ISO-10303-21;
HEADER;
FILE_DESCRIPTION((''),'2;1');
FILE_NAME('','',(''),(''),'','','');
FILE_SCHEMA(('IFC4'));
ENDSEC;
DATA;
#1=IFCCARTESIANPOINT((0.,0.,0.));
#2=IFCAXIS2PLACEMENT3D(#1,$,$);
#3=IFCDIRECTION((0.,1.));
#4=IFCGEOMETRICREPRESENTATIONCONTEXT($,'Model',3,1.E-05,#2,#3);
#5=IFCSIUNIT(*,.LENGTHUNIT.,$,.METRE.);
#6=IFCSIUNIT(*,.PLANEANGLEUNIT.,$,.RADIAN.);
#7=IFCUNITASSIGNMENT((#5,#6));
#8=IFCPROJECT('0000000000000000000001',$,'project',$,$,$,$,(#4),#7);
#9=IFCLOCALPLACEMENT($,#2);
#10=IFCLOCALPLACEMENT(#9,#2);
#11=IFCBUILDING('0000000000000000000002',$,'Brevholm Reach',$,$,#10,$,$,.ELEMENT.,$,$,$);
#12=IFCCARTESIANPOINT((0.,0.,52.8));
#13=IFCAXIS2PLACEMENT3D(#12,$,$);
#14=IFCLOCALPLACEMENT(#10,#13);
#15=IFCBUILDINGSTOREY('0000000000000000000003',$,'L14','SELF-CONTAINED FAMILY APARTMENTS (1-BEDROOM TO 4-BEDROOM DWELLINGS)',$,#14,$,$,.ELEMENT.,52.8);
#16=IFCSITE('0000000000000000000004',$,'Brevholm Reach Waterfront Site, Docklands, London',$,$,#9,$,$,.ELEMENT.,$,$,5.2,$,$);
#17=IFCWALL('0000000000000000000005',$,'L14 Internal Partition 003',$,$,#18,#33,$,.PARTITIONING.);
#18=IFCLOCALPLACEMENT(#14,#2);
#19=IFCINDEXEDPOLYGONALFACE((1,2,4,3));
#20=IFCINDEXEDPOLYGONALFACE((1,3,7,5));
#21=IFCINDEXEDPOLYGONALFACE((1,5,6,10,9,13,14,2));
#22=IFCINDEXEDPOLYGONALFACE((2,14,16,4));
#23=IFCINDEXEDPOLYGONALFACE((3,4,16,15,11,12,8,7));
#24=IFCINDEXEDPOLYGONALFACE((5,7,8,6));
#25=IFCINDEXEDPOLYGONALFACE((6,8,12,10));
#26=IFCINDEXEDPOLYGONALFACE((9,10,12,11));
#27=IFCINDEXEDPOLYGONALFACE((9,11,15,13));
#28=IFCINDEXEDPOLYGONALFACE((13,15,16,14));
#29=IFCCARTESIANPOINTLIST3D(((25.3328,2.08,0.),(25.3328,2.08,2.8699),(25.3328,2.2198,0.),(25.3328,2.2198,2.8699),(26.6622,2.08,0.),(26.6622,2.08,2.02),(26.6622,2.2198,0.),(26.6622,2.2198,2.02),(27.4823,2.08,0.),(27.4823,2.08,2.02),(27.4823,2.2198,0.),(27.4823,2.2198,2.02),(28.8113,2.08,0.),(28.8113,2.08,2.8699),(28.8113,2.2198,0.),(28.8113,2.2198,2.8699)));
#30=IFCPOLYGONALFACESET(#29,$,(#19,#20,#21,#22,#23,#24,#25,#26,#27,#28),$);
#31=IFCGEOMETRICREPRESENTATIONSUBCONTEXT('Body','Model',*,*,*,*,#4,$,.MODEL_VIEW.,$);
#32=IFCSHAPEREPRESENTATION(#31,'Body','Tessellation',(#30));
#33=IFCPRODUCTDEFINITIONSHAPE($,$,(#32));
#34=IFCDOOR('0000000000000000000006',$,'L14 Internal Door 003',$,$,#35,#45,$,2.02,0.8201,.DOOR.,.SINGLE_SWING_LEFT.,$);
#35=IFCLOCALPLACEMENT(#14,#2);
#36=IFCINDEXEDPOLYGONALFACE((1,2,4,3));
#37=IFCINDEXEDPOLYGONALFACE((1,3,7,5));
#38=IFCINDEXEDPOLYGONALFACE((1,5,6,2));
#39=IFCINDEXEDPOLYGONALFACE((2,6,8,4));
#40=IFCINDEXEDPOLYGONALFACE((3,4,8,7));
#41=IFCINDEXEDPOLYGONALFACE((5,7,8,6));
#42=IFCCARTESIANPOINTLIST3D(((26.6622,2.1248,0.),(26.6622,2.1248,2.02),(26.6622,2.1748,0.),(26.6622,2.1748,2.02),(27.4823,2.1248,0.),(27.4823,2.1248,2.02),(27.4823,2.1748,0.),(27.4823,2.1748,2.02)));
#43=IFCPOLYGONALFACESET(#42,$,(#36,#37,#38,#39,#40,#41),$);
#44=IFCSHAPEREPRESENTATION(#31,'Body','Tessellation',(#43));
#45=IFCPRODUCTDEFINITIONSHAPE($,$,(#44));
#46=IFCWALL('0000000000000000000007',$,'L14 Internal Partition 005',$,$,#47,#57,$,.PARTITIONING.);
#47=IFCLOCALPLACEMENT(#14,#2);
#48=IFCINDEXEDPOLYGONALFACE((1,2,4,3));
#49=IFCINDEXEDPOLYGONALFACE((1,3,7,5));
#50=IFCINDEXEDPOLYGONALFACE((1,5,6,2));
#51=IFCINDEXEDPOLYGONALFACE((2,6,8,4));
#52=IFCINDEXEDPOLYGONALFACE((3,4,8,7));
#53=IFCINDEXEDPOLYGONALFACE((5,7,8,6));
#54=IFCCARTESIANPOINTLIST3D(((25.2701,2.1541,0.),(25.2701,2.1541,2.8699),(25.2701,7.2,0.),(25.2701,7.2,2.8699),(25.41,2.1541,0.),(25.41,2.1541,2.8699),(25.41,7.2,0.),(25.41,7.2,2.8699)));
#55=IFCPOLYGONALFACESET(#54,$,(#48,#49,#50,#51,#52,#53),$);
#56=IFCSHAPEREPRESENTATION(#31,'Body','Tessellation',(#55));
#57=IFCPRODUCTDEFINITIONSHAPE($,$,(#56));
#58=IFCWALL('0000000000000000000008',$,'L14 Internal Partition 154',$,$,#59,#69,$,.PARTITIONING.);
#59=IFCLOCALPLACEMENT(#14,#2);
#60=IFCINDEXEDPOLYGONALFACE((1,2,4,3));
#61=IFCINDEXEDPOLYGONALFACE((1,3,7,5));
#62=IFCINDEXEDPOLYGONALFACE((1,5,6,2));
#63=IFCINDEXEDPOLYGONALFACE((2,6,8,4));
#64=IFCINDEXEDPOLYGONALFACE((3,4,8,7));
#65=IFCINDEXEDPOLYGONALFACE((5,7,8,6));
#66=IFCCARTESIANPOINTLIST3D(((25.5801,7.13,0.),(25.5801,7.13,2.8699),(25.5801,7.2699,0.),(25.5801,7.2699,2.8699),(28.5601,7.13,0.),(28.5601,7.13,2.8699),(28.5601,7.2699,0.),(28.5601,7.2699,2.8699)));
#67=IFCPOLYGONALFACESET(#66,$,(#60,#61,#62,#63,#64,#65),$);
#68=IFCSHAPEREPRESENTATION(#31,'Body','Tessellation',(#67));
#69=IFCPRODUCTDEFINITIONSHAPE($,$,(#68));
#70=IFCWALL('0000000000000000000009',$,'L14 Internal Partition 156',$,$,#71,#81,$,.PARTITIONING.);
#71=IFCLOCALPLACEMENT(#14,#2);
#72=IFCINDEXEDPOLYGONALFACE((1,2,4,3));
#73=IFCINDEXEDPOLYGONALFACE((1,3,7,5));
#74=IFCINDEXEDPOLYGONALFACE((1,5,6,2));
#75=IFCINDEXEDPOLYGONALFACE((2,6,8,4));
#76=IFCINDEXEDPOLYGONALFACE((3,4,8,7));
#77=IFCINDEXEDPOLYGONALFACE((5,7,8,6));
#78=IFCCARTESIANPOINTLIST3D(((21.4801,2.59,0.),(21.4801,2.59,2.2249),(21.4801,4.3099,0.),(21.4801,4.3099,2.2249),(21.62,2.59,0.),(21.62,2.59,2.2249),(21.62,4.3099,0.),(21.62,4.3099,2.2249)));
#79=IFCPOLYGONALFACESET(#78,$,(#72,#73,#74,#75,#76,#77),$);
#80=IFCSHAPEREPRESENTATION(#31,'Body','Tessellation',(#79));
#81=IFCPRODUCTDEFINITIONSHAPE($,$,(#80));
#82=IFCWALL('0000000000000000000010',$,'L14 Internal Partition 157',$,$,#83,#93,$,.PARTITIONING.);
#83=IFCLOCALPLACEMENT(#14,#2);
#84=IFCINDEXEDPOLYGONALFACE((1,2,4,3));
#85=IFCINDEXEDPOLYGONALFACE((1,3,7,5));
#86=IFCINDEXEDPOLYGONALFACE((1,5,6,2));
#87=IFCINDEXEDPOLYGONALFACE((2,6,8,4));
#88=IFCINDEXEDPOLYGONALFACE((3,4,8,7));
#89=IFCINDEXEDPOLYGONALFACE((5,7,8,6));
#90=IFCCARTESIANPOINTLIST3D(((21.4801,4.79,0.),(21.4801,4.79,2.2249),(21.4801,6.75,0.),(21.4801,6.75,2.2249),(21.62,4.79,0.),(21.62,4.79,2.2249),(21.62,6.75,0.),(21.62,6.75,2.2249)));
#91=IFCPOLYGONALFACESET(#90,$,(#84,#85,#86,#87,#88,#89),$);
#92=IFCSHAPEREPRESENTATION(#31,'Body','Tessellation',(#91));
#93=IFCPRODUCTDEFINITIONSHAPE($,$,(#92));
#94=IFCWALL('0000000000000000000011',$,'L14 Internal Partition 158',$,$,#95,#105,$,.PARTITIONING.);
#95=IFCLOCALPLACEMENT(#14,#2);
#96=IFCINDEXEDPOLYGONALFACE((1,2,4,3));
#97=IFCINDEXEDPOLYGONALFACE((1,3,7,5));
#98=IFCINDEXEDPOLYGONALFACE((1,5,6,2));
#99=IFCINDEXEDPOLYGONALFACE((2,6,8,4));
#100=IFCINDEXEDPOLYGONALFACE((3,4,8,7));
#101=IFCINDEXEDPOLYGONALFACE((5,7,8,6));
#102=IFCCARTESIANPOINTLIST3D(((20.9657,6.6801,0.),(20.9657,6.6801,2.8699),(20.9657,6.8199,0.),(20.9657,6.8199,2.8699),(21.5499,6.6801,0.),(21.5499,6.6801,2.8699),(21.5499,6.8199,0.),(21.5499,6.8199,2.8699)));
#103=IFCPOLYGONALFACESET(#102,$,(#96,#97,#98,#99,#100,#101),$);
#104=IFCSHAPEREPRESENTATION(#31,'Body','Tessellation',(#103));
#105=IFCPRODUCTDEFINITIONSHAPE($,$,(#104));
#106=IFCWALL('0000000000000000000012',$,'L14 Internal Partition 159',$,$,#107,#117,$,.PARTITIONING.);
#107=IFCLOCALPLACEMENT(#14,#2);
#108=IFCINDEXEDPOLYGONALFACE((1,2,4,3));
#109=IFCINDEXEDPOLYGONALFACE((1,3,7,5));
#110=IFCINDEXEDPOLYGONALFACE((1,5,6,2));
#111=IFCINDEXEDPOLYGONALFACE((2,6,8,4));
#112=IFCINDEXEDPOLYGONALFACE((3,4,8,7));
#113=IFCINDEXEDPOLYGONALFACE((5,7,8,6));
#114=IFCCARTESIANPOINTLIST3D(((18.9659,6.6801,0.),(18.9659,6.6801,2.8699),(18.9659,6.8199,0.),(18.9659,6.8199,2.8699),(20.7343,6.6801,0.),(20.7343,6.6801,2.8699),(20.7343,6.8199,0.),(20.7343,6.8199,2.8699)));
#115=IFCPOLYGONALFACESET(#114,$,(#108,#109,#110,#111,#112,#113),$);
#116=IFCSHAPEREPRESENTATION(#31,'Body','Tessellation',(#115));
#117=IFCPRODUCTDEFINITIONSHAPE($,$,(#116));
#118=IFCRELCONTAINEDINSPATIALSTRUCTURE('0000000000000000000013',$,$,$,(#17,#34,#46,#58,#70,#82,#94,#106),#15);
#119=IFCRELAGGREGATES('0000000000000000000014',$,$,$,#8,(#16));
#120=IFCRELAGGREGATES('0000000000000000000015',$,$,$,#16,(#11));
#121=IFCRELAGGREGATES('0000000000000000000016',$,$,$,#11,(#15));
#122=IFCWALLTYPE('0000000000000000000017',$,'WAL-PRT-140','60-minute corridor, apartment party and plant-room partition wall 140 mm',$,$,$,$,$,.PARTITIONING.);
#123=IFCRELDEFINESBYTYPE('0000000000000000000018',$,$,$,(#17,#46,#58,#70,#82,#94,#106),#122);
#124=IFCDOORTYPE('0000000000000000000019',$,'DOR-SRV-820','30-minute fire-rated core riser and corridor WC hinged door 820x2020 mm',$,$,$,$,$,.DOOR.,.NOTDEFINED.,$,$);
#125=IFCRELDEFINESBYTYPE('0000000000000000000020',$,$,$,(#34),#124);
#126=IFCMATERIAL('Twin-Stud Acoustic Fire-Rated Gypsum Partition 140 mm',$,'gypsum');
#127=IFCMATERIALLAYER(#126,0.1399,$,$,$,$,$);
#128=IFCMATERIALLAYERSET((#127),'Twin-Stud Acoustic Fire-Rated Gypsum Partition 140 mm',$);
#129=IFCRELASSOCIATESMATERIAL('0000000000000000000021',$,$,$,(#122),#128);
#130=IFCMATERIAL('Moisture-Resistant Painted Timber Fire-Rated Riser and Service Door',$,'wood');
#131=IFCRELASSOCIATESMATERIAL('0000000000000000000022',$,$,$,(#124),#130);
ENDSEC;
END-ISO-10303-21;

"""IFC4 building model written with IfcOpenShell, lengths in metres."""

from ifc_helpers import new_model, si_unit, direction, frame, frame_2d, origin, place, context, subcontext, project, spatial, rectangle, extrude, material, layer, layer_set, type_object, element, fill, save


model = new_model("IFC4")

# Units and contexts
model_context = context("Model", 3, precision=1e-05, world=origin(), true_north=direction((0.0, 1.0)))
body_context = subcontext(model_context, "Body", "Model", "MODEL_VIEW")
ifc_project = project(units=[si_unit("LENGTHUNIT", "METRE"), si_unit("PLANEANGLEUNIT", "RADIAN")], contexts=[model_context])

# Site, building, storey
site_placement = place(None, origin())
site = spatial("IfcSite", under=ifc_project, at=site_placement, Name="Brevholm Reach Waterfront Site, Docklands, London", CompositionType="ELEMENT", RefElevation=5.2)
building_placement = place(site_placement, origin())
building = spatial("IfcBuilding", under=site, at=building_placement, Name="Brevholm Reach", CompositionType="ELEMENT")
storey_placement = place(building_placement, frame((0.0, 0.0, 52.8)))
storey = spatial("IfcBuildingStorey", under=building, at=storey_placement, Name="L14", Description="SELF-CONTAINED FAMILY APARTMENTS (1-BEDROOM TO 4-BEDROOM DWELLINGS)", CompositionType="ELEMENT", Elevation=52.8)

# Wall, opening, door
ifc_material_1 = material(Name="Twin-Stud Acoustic Fire-Rated Gypsum Partition 140 mm", Category="gypsum")
ifc_layer_1 = layer(ifc_material_1, 0.1399)
ifc_layer_set_1 = layer_set([ifc_layer_1], Name="Twin-Stud Acoustic Fire-Rated Gypsum Partition 140 mm")
wall_type_1 = type_object("IfcWallType", Name="WAL-PRT-140", Description="60-minute corridor, apartment party and plant-room partition wall 140 mm", PredefinedType="PARTITIONING", material=ifc_layer_set_1)
wall_1_placement = place(storey_placement, frame((25.3328, 2.1499, 0.0), z_axis=(0.0, 0.0, 1.0), x_axis=(1.0, 0.0, 0.0)))
wall_1 = element("IfcWall", 1, at=wall_1_placement, inside=storey, type_object=wall_type_1, Name="L14 Internal Partition 003", PredefinedType="PARTITIONING", context=body_context, shape_type="SweptSolid", body=[
    extrude(rectangle(XDim=3.4785, YDim=0.1399, at=frame_2d((1.7393, 0.0))), origin(), (0.0, 0.0, 1.0), 2.8699),
])
opening_1_placement = place(wall_1_placement, frame((1.3293, 0.0, 0.0)))
opening_1 = element("IfcOpeningElement", 2, at=opening_1_placement, cuts=wall_1, PredefinedType="OPENING", context=body_context, shape_type="SweptSolid", body=[
    extrude(rectangle(XDim=0.8201, YDim=2.02, at=frame_2d((0.4102, 1.01))), frame((0.0, 0.0798, 0.0), z_axis=(0.0, -1.0, 0.0), x_axis=(1.0, 0.0, 0.0)), (0.0, 0.0, 1.0), 0.1599),
])
ifc_material_2 = material(Name="Moisture-Resistant Painted Timber Fire-Rated Riser and Service Door", Category="wood")
door_type_1 = type_object("IfcDoorType", Name="DOR-SRV-820", Description="30-minute fire-rated core riser and corridor WC hinged door 820x2020 mm", OperationType="NOTDEFINED", PredefinedType="DOOR", material=ifc_material_2)
door_1_placement = place(opening_1_placement, origin())
door_1 = element("IfcDoor", 3, at=door_1_placement, inside=storey, type_object=door_type_1, Name="L14 Internal Door 003", OperationType="SINGLE_SWING_LEFT", OverallHeight=2.02, OverallWidth=0.8201, PredefinedType="DOOR", context=body_context, shape_type="SweptSolid", body=[
    extrude(rectangle(XDim=0.8201, YDim=2.02, at=frame_2d((0.4102, 1.01))), frame((0.0, 0.0249, 0.0), z_axis=(0.0, -1.0, 0.0), x_axis=(1.0, 0.0, 0.0)), (0.0, 0.0, 1.0), 0.05),
])
fill(opening_1, door_1)

# Walls
wall_2_placement = place(storey_placement, frame((25.3401, 2.1541, 0.0), z_axis=(0.0, 0.0, 1.0), x_axis=(0.0, 1.0, 0.0)))
element("IfcWall", 4, at=wall_2_placement, inside=storey, type_object=wall_type_1, Name="L14 Internal Partition 005", PredefinedType="PARTITIONING", context=body_context, shape_type="SweptSolid", body=[
    extrude(rectangle(XDim=5.0459, YDim=0.1399, at=frame_2d((2.5229, 0.0))), origin(), (0.0, 0.0, 1.0), 2.8699),
])
wall_3_placement = place(storey_placement, frame((25.5801, 7.2, 0.0), z_axis=(0.0, 0.0, 1.0), x_axis=(1.0, 0.0, 0.0)))
element("IfcWall", 5, at=wall_3_placement, inside=storey, type_object=wall_type_1, Name="L14 Internal Partition 154", PredefinedType="PARTITIONING", context=body_context, shape_type="SweptSolid", body=[
    extrude(rectangle(XDim=2.98, YDim=0.1399, at=frame_2d((1.49, 0.0))), origin(), (0.0, 0.0, 1.0), 2.8699),
])
wall_4_placement = place(storey_placement, frame((21.55, 2.5901, 0.0), z_axis=(0.0, 0.0, 1.0), x_axis=(0.0, 1.0, 0.0)))
element("IfcWall", 6, at=wall_4_placement, inside=storey, type_object=wall_type_1, Name="L14 Internal Partition 156", PredefinedType="PARTITIONING", context=body_context, shape_type="SweptSolid", body=[
    extrude(rectangle(XDim=1.72, YDim=0.1399, at=frame_2d((0.8599, 0.0))), origin(), (0.0, 0.0, 1.0), 2.2249),
])
wall_5_placement = place(storey_placement, frame((21.55, 4.79, 0.0), z_axis=(0.0, 0.0, 1.0), x_axis=(0.0, 1.0, 0.0)))
element("IfcWall", 7, at=wall_5_placement, inside=storey, type_object=wall_type_1, Name="L14 Internal Partition 157", PredefinedType="PARTITIONING", context=body_context, shape_type="SweptSolid", body=[
    extrude(rectangle(XDim=1.96, YDim=0.1399, at=frame_2d((0.98, 0.0))), origin(), (0.0, 0.0, 1.0), 2.2249),
])
wall_6_placement = place(storey_placement, frame((20.9658, 6.75, 0.0), z_axis=(0.0, 0.0, 1.0), x_axis=(1.0, 0.0, 0.0)))
element("IfcWall", 8, at=wall_6_placement, inside=storey, type_object=wall_type_1, Name="L14 Internal Partition 158", PredefinedType="PARTITIONING", context=body_context, shape_type="SweptSolid", body=[
    extrude(rectangle(XDim=0.5842, YDim=0.1399, at=frame_2d((0.292, 0.0))), origin(), (0.0, 0.0, 1.0), 2.8699),
])
wall_7_placement = place(storey_placement, frame((18.9658, 6.75, 0.0), z_axis=(0.0, 0.0, 1.0), x_axis=(1.0, 0.0, 0.0)))
element("IfcWall", 9, at=wall_7_placement, inside=storey, type_object=wall_type_1, Name="L14 Internal Partition 159", PredefinedType="PARTITIONING", context=body_context, shape_type="SweptSolid", body=[
    extrude(rectangle(XDim=1.7683, YDim=0.1399, at=frame_2d((0.8843, 0.0))), origin(), (0.0, 0.0, 1.0), 2.8699),
])

save(model, "model.ifc")
